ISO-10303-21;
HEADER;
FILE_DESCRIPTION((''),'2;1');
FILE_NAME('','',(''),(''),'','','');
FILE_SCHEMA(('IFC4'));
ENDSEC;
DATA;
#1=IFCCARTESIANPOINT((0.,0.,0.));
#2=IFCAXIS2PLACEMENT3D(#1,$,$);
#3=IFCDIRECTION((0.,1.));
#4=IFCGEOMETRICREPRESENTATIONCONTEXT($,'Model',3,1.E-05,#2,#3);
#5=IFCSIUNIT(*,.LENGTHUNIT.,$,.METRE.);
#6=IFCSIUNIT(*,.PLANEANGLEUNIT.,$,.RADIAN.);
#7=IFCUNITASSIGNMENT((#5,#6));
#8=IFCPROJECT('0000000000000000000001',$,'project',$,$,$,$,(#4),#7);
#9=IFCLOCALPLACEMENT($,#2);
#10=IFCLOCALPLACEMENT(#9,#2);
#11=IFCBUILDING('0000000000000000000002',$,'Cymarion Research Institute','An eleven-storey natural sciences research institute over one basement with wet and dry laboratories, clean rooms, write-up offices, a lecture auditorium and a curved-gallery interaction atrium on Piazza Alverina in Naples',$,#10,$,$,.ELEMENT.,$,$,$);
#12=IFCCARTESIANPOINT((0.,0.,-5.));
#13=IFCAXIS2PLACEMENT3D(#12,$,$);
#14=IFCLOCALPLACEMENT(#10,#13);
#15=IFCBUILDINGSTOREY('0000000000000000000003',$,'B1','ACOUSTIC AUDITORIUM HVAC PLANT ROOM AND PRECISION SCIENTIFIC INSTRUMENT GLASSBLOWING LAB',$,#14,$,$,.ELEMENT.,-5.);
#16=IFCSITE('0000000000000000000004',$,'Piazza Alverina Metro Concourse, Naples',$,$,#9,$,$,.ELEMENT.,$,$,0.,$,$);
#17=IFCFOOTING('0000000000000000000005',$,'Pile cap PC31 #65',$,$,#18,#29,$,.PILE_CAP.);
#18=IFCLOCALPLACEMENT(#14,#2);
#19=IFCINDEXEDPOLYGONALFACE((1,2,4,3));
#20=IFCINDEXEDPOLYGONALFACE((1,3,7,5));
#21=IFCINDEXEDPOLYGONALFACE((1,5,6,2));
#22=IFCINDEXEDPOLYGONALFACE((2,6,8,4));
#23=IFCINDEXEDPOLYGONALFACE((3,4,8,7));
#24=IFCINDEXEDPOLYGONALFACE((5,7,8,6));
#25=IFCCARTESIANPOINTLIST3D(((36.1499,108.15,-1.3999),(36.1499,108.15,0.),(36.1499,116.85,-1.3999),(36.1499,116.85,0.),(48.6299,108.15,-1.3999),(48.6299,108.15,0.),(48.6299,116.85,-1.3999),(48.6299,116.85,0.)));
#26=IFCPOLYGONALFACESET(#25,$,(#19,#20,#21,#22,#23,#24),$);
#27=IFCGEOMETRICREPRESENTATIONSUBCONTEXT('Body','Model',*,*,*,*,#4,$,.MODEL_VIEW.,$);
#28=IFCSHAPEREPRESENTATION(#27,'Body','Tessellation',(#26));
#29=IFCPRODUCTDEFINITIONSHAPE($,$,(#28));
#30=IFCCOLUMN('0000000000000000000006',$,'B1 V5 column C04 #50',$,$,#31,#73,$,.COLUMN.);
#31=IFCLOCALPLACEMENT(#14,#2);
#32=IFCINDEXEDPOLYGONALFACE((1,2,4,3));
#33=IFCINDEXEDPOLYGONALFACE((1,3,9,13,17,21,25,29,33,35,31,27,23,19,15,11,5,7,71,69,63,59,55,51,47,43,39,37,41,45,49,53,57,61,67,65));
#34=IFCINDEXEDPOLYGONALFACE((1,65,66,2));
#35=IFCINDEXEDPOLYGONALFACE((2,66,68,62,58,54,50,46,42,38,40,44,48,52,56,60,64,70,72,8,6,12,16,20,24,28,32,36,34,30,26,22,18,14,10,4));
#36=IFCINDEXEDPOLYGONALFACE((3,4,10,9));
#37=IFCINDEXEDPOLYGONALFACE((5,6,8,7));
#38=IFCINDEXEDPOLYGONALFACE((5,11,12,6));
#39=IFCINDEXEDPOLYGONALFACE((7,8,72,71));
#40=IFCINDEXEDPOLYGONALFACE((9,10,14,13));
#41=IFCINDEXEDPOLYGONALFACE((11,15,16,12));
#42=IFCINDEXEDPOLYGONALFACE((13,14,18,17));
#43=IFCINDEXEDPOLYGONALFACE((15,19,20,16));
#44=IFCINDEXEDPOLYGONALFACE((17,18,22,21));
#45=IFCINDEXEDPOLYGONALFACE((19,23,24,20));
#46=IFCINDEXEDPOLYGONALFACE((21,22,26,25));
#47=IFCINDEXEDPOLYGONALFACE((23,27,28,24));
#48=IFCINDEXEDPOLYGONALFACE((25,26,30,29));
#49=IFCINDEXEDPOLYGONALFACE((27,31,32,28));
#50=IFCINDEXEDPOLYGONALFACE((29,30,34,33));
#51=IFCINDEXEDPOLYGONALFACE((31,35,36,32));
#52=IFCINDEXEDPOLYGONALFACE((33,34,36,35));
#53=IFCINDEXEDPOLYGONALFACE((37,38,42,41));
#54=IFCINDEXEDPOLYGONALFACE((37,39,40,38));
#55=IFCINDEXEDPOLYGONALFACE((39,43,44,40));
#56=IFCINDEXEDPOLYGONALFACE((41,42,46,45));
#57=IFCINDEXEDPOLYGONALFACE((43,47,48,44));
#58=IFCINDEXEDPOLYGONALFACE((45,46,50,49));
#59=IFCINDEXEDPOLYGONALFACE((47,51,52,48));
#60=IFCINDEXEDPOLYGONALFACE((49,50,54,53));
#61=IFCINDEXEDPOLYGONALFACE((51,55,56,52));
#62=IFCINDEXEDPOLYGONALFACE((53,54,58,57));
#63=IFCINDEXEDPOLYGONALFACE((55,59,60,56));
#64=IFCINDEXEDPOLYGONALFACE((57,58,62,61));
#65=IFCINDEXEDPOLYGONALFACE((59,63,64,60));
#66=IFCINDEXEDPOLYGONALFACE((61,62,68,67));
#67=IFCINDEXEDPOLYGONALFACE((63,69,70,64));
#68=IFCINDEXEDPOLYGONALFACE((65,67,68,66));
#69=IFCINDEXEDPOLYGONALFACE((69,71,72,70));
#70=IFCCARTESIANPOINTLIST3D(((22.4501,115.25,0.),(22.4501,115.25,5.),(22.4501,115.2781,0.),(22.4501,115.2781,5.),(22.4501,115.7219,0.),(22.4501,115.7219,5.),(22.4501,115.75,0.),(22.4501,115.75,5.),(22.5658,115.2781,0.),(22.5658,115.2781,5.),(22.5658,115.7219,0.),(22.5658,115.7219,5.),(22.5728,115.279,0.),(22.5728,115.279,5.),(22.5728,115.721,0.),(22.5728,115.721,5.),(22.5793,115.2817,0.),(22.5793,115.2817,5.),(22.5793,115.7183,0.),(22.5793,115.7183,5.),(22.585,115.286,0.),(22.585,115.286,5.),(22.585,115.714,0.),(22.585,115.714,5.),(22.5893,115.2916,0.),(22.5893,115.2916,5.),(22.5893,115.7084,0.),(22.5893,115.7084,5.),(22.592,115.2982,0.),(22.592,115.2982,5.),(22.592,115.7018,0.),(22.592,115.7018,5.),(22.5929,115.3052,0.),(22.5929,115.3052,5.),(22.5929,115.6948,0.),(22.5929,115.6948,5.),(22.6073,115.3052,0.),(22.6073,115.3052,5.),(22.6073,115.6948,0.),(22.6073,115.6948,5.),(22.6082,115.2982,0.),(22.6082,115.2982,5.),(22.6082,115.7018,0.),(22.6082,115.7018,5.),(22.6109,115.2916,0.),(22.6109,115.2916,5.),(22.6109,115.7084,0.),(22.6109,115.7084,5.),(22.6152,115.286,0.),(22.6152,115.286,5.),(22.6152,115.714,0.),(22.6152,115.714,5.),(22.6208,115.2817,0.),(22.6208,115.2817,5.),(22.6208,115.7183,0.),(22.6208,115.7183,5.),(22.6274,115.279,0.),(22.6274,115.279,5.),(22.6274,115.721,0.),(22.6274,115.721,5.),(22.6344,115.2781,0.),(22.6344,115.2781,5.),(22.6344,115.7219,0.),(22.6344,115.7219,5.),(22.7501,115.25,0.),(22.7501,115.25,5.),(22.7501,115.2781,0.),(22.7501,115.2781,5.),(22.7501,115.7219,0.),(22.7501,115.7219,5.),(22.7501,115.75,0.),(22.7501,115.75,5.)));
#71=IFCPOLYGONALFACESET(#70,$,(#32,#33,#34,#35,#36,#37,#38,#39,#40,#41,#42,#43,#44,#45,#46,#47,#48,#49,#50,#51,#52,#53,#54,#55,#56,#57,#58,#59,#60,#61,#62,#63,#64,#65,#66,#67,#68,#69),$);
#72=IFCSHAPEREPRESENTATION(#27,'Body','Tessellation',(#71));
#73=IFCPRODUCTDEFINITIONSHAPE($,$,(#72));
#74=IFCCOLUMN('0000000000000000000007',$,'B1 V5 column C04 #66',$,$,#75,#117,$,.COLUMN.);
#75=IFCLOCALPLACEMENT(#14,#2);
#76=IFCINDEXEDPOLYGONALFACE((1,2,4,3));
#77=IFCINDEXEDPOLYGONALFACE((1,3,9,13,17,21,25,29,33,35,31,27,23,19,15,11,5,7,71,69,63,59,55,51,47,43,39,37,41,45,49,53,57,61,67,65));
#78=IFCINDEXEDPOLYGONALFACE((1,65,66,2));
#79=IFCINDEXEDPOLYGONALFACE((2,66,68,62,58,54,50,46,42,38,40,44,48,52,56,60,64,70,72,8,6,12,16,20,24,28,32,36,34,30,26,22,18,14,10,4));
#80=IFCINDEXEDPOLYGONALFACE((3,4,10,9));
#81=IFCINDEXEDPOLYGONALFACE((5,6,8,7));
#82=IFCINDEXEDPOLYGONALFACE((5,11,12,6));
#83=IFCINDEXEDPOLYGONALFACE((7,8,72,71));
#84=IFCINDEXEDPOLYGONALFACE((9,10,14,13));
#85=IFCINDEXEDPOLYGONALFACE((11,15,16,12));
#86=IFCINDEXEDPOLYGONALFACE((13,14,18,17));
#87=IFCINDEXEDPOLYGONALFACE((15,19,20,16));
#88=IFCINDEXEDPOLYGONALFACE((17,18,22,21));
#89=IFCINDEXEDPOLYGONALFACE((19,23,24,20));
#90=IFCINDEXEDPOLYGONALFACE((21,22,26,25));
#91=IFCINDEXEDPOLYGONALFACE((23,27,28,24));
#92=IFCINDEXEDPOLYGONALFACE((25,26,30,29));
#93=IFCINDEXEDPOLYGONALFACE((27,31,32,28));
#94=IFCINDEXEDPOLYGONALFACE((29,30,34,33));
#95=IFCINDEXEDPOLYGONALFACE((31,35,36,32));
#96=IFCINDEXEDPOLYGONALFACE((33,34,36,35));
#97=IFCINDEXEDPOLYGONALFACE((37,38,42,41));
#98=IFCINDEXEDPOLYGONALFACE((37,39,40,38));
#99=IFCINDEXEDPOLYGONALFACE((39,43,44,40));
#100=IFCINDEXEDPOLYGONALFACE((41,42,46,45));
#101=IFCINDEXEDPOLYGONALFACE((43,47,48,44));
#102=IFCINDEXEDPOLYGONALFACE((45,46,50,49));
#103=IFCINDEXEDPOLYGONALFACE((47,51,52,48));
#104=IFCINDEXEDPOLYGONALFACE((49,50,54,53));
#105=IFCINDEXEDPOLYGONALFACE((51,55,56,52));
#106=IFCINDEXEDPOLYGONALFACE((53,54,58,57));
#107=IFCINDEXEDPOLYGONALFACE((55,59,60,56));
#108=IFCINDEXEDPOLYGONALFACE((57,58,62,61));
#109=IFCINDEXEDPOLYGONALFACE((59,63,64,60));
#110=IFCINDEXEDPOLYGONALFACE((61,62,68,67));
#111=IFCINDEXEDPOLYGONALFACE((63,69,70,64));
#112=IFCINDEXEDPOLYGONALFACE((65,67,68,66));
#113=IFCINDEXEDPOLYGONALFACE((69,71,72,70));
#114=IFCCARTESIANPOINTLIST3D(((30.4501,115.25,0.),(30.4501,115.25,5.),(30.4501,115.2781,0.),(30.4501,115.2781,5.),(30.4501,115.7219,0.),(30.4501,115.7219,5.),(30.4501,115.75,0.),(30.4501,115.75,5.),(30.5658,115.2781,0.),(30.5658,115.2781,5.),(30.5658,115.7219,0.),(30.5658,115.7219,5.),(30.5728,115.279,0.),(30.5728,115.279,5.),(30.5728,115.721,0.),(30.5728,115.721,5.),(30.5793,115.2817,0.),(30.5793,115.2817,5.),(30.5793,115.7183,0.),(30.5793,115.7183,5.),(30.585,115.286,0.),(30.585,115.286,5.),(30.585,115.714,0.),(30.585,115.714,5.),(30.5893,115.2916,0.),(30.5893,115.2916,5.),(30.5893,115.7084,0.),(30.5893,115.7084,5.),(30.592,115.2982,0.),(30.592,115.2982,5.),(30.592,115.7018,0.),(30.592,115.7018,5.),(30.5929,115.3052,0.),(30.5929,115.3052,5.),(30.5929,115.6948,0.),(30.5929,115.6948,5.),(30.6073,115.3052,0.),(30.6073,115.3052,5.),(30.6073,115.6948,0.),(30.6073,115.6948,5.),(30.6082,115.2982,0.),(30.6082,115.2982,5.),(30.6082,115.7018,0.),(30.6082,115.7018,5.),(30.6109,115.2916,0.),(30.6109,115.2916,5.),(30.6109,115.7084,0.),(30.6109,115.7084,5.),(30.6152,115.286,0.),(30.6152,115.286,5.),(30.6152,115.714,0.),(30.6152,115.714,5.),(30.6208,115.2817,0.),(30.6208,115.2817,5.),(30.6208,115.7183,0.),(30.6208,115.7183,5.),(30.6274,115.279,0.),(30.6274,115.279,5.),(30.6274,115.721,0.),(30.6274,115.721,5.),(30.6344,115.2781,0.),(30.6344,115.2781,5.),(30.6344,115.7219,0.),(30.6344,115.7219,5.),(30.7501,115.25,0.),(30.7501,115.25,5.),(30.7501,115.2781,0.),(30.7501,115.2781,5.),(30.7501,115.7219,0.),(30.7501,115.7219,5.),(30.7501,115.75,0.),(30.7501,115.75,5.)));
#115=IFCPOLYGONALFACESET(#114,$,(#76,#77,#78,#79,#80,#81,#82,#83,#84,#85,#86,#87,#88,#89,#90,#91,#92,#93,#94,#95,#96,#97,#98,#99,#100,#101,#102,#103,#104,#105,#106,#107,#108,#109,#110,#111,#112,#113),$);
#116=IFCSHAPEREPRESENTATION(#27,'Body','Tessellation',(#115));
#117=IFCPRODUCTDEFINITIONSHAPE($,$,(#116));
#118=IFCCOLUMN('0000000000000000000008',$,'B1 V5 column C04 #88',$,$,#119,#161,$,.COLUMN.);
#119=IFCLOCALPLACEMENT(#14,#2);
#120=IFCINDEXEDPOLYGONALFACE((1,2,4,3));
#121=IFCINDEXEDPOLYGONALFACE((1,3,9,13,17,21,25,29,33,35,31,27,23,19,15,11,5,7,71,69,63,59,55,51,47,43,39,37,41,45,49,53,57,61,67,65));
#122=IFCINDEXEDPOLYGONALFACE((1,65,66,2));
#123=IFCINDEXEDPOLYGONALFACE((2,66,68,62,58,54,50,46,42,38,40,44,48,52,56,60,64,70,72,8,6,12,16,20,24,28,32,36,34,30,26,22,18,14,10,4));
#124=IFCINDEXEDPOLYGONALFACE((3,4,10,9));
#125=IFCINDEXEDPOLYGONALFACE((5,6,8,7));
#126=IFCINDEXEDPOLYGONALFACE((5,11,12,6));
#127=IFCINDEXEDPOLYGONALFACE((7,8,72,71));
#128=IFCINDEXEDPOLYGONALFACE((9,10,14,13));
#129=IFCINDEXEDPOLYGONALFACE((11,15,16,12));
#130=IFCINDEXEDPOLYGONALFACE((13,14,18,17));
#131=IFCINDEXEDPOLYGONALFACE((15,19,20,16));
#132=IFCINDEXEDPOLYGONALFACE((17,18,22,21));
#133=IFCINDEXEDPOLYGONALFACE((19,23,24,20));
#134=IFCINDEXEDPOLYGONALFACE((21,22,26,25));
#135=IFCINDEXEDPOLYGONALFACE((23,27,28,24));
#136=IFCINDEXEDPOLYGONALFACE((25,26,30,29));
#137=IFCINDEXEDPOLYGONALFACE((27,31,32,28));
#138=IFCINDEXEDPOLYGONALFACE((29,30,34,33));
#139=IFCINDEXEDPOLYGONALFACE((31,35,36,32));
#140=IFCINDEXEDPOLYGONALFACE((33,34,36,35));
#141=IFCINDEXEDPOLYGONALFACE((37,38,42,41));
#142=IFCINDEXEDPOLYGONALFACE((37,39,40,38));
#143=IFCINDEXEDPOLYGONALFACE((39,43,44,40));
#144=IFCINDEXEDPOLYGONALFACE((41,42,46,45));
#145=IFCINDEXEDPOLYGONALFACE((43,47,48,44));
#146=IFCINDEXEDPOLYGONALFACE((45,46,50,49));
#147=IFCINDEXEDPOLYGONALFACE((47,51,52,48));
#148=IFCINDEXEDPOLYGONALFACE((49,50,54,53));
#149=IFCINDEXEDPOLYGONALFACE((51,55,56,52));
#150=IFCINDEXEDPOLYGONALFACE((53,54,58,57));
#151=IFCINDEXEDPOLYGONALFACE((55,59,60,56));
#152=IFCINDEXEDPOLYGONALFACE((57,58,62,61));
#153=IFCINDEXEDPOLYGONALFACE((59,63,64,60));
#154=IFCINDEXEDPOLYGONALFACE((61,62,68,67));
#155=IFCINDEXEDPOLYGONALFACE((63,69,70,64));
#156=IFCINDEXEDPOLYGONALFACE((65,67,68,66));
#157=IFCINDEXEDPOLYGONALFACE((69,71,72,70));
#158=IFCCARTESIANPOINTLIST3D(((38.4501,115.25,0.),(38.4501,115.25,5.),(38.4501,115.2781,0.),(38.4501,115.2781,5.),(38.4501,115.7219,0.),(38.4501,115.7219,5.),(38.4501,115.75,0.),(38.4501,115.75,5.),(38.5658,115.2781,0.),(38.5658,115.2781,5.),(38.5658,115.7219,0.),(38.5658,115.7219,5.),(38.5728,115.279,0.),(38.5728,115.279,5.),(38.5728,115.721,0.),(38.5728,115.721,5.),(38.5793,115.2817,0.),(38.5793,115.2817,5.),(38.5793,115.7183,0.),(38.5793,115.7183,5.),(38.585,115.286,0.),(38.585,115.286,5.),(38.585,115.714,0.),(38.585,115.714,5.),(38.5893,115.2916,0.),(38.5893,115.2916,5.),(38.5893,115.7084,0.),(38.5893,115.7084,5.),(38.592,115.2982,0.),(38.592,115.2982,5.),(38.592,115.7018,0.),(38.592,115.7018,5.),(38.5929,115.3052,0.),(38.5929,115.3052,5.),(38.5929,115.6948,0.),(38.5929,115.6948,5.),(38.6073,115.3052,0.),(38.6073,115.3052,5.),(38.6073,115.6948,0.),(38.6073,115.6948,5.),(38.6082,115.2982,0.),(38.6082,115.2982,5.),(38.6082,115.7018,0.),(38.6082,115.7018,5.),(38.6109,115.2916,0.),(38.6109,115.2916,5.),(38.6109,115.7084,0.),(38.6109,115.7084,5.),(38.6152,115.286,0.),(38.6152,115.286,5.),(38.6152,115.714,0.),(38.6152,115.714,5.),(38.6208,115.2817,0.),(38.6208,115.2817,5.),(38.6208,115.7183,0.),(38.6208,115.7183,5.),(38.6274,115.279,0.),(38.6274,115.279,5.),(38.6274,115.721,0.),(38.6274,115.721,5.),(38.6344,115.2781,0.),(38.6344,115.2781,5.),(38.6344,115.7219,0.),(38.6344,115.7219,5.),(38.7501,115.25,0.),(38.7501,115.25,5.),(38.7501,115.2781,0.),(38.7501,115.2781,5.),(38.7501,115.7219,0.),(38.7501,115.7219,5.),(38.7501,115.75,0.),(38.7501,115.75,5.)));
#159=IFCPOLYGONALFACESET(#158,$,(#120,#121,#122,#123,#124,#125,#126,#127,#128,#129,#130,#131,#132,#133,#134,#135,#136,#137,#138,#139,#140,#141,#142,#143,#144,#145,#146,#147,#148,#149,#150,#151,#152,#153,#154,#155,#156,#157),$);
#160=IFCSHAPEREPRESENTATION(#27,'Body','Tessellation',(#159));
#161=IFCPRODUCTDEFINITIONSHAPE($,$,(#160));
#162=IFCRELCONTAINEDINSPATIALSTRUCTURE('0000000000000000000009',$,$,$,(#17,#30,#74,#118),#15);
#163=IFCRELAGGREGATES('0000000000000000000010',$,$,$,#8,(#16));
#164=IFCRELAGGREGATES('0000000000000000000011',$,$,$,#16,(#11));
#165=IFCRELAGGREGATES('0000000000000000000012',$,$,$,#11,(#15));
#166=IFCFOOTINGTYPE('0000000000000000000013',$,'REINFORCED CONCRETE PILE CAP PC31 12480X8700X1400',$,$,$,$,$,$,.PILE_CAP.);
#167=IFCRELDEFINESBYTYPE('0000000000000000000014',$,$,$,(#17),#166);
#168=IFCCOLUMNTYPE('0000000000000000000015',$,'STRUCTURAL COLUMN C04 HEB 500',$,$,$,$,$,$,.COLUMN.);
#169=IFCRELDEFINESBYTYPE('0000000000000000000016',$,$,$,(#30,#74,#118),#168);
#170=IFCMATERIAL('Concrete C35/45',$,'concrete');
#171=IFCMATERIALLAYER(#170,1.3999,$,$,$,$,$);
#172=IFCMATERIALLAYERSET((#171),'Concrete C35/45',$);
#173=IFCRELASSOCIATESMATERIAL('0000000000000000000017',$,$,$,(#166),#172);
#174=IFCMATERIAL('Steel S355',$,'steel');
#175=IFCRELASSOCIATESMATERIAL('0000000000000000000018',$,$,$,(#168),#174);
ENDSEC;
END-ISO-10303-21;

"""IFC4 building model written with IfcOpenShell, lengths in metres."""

from ifc_helpers import new_model, si_unit, direction, frame, origin, origin_2d, place, context, subcontext, project, spatial, rectangle, i_section, extrude, material, layer, layer_set, material_profile, profile_set, type_object, element, save


model = new_model("IFC4")

# Units and contexts
model_context = context("Model", 3, precision=1e-05, world=origin(), true_north=direction((0.0, 1.0)))
body_context = subcontext(model_context, "Body", "Model", "MODEL_VIEW")
ifc_project = project(units=[si_unit("LENGTHUNIT", "METRE"), si_unit("PLANEANGLEUNIT", "RADIAN")], contexts=[model_context])

# Site, building, storey
site_placement = place(None, origin())
site = spatial("IfcSite", under=ifc_project, at=site_placement, Name="Piazza Alverina Metro Concourse, Naples", CompositionType="ELEMENT", RefElevation=0.0)
building_placement = place(site_placement, origin())
building = spatial("IfcBuilding", under=site, at=building_placement, Name="Cymarion Research Institute", Description="An eleven-storey natural sciences research institute over one basement with wet and dry laboratories, clean rooms, write-up offices, a lecture auditorium and a curved-gallery interaction atrium on Piazza Alverina in Naples", CompositionType="ELEMENT")
storey_placement = place(building_placement, frame((0.0, 0.0, -5.0)))
storey = spatial("IfcBuildingStorey", under=building, at=storey_placement, Name="B1", Description="ACOUSTIC AUDITORIUM HVAC PLANT ROOM AND PRECISION SCIENTIFIC INSTRUMENT GLASSBLOWING LAB", CompositionType="ELEMENT", Elevation=-5.0)

# Shared definitions
ifc_material_1 = material(Name="Concrete C35/45", Category="concrete")

# Footing
ifc_layer_1 = layer(ifc_material_1, 1.3999)
ifc_layer_set_1 = layer_set([ifc_layer_1], Name="Concrete C35/45")
footing_type_1 = type_object("IfcFootingType", Name="REINFORCED CONCRETE PILE CAP PC31 12480X8700X1400", PredefinedType="PILE_CAP", material=ifc_layer_set_1)
footing_1_placement = place(storey_placement, frame((42.3899, 112.5, -1.3999), z_axis=(0.0, 0.0, 1.0), x_axis=(1.0, 0.0, 0.0)))
element("IfcFooting", 1, at=footing_1_placement, inside=storey, type_object=footing_type_1, Name="Pile cap PC31 #65", PredefinedType="PILE_CAP", context=body_context, shape_type="SweptSolid", body=[
    extrude(rectangle(XDim=12.48, YDim=8.7, at=origin_2d()), origin(), (0.0, 0.0, 1.0), 1.3999),
])

# Columns
ifc_material_2 = material(Name="Steel S355", Category="steel")
ifc_material_profile_1 = material_profile(ifc_material_2, i_section(OverallWidth=0.3, OverallDepth=0.5, WebThickness=0.0144, FlangeThickness=0.0281, FilletRadius=0.0271, at=origin_2d()), Name="HEB 500")
ifc_profile_set_1 = profile_set([ifc_material_profile_1], Name="Steel S355")
column_type_1 = type_object("IfcColumnType", Name="STRUCTURAL COLUMN C04 HEB 500", PredefinedType="COLUMN", material=ifc_profile_set_1)
for number, where, z_axis, x_axis, name in (
    (2, (22.6001, 115.5, 0.0), (0.0, 0.0, 1.0), (1.0, 0.0, 0.0), "B1 V5 column C04 #50"),
    (3, (30.6001, 115.5, 0.0), (0.0, 0.0, 1.0), (1.0, 0.0, 0.0), "B1 V5 column C04 #66"),
    (4, (38.6001, 115.5, 0.0), (0.0, 0.0, 1.0), (1.0, 0.0, 0.0), "B1 V5 column C04 #88"),
):
    element("IfcColumn", number, at=place(storey_placement, frame(where, z_axis=z_axis, x_axis=x_axis)), inside=storey, type_object=column_type_1, Name=name, PredefinedType="COLUMN", context=body_context, shape_type="SweptSolid", body=[
        extrude(i_section(OverallWidth=0.3, OverallDepth=0.5, WebThickness=0.0144, FlangeThickness=0.0281, FilletRadius=0.0271, at=origin_2d()), origin(), (0.0, 0.0, 1.0), 5.0),
    ])

save(model, "model.ifc")
